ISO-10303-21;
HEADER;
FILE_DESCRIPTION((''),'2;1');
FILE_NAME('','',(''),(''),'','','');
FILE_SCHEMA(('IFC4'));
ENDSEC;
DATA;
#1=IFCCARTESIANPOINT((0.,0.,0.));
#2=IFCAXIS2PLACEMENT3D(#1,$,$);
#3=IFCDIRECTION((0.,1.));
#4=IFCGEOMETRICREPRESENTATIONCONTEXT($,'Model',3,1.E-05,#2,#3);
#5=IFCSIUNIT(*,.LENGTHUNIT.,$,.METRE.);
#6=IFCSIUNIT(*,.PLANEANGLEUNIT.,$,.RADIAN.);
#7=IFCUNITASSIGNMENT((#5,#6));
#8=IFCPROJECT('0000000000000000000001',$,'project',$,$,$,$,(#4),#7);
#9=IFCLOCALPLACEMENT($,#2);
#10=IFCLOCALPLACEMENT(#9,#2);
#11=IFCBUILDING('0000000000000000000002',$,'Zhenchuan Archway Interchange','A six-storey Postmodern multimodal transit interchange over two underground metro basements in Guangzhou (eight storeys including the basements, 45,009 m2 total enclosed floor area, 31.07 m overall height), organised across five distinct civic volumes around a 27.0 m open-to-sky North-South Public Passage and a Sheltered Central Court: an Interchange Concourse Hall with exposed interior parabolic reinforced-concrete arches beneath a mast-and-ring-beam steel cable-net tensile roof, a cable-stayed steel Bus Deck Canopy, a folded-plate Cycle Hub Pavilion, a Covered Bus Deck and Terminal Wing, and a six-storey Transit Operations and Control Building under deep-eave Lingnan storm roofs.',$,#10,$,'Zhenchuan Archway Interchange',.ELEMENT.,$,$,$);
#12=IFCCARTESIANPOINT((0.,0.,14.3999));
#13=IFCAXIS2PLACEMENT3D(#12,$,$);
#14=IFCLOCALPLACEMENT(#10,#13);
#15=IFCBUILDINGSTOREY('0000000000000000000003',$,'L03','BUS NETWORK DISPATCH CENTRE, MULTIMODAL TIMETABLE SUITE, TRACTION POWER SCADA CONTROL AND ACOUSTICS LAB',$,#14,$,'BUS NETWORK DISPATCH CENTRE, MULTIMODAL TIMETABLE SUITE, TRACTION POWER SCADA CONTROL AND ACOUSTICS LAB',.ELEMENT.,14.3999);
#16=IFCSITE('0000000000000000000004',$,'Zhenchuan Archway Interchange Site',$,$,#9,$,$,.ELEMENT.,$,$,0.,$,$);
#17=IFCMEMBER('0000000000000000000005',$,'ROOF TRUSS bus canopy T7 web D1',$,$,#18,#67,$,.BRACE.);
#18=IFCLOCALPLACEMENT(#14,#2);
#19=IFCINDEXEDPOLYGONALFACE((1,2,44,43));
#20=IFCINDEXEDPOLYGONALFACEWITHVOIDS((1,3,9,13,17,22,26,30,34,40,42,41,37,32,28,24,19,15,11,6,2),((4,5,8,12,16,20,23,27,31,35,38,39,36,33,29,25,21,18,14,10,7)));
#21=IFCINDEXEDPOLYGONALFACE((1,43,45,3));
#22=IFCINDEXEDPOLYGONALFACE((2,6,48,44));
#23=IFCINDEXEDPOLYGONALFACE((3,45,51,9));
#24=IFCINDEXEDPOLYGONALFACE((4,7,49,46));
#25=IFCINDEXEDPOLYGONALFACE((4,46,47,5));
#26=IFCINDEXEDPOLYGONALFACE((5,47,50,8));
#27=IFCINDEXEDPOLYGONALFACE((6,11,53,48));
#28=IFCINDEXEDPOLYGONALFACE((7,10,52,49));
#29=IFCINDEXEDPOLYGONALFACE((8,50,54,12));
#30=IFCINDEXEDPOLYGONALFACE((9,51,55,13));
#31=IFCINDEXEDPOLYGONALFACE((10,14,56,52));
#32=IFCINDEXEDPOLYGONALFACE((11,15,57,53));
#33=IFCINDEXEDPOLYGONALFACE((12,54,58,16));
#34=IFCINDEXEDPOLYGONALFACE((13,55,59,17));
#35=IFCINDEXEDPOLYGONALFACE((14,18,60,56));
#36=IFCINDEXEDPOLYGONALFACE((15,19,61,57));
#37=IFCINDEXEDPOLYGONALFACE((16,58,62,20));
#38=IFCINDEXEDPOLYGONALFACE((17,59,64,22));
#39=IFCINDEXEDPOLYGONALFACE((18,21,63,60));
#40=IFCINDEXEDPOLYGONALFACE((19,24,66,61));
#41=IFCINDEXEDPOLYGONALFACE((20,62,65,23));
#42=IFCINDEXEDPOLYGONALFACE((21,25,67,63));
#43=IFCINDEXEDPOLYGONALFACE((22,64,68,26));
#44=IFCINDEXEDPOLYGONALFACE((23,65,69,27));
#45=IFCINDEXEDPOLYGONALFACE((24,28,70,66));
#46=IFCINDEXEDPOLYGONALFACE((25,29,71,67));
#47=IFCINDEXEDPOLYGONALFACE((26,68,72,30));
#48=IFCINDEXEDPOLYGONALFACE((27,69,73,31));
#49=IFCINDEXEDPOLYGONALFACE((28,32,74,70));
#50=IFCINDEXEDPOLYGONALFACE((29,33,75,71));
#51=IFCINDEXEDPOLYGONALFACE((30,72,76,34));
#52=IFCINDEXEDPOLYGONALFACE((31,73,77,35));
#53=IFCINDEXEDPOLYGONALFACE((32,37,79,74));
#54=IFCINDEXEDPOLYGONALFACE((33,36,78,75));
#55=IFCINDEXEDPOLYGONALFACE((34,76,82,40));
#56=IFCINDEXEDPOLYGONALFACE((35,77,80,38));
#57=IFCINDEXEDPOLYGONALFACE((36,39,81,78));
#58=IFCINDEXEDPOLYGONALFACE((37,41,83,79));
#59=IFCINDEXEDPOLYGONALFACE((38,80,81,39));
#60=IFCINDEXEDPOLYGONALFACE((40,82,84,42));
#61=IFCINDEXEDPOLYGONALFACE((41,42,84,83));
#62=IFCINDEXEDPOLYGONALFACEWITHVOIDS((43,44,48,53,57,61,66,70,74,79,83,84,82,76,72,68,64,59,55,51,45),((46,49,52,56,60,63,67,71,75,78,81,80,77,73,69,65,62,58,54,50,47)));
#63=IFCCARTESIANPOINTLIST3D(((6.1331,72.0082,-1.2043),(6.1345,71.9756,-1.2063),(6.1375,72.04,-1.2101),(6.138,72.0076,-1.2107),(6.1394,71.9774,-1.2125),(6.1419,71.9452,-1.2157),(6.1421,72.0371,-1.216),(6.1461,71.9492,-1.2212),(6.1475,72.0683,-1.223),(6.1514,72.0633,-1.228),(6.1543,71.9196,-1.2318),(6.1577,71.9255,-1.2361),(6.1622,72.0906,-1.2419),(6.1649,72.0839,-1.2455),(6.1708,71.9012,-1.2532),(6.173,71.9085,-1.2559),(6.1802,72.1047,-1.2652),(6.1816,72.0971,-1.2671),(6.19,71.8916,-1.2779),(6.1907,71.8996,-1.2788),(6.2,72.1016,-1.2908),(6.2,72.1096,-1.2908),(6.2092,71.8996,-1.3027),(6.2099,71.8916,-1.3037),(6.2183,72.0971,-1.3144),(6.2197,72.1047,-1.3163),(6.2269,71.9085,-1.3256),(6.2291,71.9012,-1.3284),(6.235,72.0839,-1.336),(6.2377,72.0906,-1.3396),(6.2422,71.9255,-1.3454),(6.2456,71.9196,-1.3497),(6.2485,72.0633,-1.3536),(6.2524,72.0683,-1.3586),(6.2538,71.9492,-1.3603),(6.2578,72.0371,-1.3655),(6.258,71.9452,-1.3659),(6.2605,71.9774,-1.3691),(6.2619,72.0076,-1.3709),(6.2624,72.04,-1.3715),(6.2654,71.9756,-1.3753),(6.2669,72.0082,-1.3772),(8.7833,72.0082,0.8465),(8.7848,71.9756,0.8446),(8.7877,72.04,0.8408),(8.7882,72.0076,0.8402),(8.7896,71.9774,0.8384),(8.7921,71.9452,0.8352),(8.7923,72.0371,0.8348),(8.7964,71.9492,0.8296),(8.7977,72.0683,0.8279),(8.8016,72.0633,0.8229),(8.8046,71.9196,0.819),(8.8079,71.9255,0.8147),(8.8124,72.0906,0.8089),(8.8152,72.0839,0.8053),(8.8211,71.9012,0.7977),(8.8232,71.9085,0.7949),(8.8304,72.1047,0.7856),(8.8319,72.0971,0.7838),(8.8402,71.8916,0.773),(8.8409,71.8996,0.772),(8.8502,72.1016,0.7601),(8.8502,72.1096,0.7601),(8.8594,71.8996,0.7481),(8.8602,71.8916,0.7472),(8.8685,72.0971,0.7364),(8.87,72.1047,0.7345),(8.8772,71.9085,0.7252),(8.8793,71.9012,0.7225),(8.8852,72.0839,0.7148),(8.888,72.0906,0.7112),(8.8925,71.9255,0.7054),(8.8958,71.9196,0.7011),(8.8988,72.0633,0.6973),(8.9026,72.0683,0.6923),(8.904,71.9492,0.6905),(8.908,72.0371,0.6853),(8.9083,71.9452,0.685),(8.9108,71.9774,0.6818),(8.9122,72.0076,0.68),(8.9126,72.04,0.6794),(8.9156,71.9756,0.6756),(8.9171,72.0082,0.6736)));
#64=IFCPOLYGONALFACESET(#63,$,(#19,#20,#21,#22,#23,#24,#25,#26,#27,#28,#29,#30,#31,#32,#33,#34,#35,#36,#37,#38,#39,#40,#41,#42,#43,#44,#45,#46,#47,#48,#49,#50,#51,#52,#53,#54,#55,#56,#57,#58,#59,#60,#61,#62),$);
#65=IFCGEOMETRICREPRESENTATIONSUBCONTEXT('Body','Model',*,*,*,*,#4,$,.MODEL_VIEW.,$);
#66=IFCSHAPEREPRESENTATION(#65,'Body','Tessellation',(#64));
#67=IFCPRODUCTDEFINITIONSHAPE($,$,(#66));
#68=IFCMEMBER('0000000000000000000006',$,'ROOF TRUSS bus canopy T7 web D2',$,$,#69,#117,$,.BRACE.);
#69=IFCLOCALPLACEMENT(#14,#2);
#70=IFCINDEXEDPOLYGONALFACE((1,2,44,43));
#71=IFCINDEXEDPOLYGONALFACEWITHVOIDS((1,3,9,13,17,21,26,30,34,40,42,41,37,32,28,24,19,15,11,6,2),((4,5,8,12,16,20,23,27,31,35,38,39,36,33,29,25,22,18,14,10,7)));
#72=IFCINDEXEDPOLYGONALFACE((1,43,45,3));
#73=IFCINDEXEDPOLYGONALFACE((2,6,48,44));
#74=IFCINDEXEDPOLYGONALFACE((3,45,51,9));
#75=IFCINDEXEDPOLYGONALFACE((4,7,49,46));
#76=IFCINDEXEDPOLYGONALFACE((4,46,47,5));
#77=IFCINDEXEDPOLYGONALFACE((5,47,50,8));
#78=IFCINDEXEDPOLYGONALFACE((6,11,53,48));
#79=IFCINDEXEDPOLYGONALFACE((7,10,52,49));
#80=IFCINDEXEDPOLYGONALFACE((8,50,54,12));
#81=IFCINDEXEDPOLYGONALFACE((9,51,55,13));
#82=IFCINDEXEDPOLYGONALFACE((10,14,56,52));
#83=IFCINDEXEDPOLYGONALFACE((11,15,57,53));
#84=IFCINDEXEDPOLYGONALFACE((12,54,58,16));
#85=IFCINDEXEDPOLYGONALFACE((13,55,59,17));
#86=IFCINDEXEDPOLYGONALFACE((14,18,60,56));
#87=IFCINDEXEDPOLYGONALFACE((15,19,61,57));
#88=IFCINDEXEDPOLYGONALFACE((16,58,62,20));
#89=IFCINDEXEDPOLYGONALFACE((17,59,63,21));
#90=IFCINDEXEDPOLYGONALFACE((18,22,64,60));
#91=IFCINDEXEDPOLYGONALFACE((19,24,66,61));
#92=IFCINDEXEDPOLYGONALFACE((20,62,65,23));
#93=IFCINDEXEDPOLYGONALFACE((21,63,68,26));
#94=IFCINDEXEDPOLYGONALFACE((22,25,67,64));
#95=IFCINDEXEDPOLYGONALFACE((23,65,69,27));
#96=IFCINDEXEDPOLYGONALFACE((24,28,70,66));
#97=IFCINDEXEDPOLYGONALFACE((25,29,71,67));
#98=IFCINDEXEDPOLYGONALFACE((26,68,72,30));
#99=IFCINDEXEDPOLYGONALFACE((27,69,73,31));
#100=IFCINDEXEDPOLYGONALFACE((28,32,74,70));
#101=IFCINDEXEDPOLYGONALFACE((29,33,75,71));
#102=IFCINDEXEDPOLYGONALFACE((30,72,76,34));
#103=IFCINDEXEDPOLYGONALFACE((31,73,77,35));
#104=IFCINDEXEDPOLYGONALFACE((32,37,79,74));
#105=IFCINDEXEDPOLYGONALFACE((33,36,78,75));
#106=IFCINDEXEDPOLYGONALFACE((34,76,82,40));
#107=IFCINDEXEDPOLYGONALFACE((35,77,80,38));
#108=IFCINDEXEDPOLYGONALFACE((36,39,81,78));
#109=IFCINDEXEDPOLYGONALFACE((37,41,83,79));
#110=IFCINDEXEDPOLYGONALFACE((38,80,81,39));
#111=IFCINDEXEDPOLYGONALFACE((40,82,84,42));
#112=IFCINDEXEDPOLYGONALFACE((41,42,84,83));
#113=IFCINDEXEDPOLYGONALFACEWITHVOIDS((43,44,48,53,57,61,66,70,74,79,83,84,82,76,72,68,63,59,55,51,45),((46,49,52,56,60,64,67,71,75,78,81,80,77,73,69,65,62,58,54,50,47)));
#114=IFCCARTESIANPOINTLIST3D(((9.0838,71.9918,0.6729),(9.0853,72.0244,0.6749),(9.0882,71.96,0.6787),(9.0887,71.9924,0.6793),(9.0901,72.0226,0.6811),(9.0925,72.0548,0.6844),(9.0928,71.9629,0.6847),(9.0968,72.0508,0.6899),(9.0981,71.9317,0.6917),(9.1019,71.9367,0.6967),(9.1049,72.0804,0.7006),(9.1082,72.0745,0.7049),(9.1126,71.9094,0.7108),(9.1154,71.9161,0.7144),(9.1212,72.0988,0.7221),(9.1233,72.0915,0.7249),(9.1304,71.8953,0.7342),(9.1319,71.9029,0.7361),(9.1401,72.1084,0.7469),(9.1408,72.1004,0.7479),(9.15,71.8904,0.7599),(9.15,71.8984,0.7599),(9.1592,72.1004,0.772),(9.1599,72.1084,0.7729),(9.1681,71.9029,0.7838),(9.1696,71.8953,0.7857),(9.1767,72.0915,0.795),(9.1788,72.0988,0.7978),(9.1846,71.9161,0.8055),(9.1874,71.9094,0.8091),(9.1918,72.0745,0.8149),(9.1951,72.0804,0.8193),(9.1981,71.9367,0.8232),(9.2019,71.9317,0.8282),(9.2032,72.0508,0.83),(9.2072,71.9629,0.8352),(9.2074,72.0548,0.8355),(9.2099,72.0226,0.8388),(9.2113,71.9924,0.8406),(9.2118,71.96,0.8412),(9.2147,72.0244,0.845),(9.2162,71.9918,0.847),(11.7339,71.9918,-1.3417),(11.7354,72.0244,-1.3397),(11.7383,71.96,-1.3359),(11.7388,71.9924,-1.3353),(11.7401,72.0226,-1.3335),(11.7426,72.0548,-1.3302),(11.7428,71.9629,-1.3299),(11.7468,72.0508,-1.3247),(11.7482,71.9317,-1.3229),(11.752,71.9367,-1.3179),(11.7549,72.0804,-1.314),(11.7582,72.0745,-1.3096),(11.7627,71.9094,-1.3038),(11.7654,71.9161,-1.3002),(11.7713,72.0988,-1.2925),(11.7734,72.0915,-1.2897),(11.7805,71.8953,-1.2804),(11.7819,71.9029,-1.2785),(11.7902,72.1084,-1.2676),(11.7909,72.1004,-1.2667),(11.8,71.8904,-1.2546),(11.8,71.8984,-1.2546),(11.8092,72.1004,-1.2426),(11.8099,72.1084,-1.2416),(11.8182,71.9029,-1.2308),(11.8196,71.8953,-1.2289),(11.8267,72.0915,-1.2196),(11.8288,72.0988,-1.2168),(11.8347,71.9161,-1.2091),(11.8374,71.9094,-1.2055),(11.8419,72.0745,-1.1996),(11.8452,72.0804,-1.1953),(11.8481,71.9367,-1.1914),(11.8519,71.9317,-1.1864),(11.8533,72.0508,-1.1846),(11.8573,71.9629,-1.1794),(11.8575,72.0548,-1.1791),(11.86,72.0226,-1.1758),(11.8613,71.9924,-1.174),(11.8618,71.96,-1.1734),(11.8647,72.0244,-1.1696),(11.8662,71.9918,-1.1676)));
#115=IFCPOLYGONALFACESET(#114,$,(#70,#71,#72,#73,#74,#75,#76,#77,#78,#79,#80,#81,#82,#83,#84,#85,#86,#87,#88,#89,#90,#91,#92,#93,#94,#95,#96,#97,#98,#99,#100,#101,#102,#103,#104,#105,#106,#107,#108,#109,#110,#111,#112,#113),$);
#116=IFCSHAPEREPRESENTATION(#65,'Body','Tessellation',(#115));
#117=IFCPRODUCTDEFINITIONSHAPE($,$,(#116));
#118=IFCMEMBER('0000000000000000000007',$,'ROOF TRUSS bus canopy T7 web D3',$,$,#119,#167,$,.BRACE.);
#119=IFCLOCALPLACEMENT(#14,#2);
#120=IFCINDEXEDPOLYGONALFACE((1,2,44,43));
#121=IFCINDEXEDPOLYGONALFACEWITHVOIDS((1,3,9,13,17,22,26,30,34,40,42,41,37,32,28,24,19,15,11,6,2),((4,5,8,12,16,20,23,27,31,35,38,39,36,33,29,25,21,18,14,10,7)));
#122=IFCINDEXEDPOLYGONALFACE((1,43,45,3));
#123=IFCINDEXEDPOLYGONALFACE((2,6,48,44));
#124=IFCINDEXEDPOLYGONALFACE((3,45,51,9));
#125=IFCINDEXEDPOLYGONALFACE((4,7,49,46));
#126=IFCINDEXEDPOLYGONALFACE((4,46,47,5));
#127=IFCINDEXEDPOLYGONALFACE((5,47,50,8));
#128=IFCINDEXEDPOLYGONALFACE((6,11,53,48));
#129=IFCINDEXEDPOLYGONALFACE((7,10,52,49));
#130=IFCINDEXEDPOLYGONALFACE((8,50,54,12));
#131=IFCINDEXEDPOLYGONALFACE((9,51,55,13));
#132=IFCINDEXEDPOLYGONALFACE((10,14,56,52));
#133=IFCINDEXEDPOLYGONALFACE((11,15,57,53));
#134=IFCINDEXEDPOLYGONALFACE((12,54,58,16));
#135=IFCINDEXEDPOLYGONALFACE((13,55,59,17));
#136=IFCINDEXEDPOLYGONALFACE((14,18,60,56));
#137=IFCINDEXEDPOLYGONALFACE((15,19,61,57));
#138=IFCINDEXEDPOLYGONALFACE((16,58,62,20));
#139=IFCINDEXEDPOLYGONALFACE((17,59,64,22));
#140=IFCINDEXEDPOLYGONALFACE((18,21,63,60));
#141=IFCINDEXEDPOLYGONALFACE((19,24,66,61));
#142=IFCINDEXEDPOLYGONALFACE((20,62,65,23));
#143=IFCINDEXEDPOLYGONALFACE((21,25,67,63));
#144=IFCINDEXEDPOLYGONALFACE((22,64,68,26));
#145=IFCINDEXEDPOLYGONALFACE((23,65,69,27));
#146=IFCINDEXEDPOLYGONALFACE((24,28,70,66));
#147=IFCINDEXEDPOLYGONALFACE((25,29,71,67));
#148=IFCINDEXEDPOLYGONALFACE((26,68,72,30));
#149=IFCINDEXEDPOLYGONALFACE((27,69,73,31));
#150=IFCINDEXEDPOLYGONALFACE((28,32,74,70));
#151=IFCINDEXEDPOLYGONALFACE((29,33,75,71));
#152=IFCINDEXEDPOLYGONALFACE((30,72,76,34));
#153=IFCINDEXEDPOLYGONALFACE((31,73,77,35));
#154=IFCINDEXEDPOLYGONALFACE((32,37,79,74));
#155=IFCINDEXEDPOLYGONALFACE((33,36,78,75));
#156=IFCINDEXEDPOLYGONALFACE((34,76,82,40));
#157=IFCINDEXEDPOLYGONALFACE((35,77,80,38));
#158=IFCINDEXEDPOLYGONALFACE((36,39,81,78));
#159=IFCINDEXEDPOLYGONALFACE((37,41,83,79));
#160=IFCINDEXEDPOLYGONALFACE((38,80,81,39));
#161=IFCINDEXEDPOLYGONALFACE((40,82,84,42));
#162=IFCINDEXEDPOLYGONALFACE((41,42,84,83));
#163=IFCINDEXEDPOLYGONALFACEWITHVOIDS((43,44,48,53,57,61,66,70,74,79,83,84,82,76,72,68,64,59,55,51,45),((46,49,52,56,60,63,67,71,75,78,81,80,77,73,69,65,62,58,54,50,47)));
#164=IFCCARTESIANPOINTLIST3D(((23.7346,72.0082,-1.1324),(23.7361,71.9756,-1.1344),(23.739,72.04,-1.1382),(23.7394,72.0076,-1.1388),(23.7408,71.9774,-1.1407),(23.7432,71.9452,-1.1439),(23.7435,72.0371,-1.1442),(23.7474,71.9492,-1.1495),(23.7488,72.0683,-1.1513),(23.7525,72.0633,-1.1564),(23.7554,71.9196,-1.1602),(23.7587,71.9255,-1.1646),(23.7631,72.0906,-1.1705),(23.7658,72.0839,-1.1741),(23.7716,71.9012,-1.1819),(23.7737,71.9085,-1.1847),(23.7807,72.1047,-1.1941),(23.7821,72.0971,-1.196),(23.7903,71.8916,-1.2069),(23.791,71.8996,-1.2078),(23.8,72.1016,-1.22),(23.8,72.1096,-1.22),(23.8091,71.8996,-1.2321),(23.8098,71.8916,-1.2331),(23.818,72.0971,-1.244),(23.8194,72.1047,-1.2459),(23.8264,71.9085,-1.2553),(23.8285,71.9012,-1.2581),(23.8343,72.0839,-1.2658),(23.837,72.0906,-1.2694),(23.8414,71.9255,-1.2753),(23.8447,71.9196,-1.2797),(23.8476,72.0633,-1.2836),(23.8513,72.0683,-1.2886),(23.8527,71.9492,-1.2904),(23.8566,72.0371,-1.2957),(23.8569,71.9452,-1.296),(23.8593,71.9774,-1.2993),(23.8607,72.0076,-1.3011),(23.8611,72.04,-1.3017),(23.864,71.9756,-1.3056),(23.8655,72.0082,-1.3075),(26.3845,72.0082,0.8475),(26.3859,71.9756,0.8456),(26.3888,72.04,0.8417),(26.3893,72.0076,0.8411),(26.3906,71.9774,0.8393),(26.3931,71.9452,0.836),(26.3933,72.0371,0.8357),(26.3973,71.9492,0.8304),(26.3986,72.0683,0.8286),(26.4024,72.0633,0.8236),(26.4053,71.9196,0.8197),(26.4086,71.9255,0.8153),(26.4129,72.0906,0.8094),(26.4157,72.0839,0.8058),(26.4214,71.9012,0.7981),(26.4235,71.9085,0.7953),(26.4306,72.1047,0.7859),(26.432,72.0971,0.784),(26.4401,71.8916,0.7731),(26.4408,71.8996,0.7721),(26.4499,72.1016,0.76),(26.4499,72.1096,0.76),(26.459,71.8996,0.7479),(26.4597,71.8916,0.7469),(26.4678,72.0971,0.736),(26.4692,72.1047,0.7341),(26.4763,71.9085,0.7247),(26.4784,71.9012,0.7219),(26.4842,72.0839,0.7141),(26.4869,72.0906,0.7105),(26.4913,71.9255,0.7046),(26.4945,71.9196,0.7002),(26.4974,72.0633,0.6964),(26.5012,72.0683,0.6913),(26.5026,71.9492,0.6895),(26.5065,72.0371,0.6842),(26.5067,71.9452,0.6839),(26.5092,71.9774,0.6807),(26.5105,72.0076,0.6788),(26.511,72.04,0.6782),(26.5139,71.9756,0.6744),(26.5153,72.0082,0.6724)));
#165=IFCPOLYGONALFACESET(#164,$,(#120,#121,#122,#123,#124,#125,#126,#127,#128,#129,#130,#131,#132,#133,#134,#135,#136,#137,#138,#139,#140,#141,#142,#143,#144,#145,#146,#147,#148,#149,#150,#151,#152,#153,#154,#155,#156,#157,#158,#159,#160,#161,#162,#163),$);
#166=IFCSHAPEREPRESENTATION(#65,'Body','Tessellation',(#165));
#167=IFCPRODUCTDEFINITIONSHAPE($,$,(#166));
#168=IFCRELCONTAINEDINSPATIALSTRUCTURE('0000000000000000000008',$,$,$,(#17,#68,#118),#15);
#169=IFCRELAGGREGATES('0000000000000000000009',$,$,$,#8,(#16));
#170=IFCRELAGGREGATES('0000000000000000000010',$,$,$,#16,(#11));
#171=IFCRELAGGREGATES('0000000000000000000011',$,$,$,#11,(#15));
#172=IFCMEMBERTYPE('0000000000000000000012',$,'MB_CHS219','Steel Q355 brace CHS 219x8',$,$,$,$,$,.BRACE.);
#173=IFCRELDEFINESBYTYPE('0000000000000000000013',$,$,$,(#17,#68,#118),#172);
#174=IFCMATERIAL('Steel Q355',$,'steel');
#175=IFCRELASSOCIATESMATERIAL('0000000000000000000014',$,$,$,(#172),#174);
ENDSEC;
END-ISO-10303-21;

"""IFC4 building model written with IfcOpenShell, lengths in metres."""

from ifc_helpers import new_model, si_unit, direction, frame, origin, origin_2d, place, context, subcontext, project, spatial, hollow_circle, extrude, material, material_profile, profile_set, type_object, element, save


model = new_model("IFC4")

# Units and contexts
model_context = context("Model", 3, precision=1e-05, world=origin(), true_north=direction((0.0, 1.0)))
body_context = subcontext(model_context, "Body", "Model", "MODEL_VIEW")
ifc_project = project(units=[si_unit("LENGTHUNIT", "METRE"), si_unit("PLANEANGLEUNIT", "RADIAN")], contexts=[model_context])

# Site, building, storey
site_placement = place(None, origin())
site = spatial("IfcSite", under=ifc_project, at=site_placement, Name="Zhenchuan Archway Interchange Site", CompositionType="ELEMENT", RefElevation=0.0)
building_placement = place(site_placement, origin())
building = spatial("IfcBuilding", under=site, at=building_placement, Name="Zhenchuan Archway Interchange", Description="A six-storey Postmodern multimodal transit interchange over two underground metro basements in Guangzhou (eight storeys including the basements, 45,009 m2 total enclosed floor area, 31.07 m overall height), organised across five distinct civic volumes around a 27.0 m open-to-sky North-South Public Passage and a Sheltered Central Court: an Interchange Concourse Hall with exposed interior parabolic reinforced-concrete arches beneath a mast-and-ring-beam steel cable-net tensile roof, a cable-stayed steel Bus Deck Canopy, a folded-plate Cycle Hub Pavilion, a Covered Bus Deck and Terminal Wing, and a six-storey Transit Operations and Control Building under deep-eave Lingnan storm roofs.", LongName="Zhenchuan Archway Interchange", CompositionType="ELEMENT")
storey_placement = place(building_placement, frame((0.0, 0.0, 14.3999)))
storey = spatial("IfcBuildingStorey", under=building, at=storey_placement, Name="L03", Description="BUS NETWORK DISPATCH CENTRE, MULTIMODAL TIMETABLE SUITE, TRACTION POWER SCADA CONTROL AND ACOUSTICS LAB", LongName="BUS NETWORK DISPATCH CENTRE, MULTIMODAL TIMETABLE SUITE, TRACTION POWER SCADA CONTROL AND ACOUSTICS LAB", CompositionType="ELEMENT", Elevation=14.3999)

# Shared definitions
ifc_material_1 = material(Name="Steel Q355", Category="steel")

# Members
ifc_material_profile_1 = material_profile(ifc_material_1, hollow_circle(Radius=0.1096, WallThickness=0.0081, at=origin_2d()), Name="CHS 219x8")
ifc_profile_set_1 = profile_set([ifc_material_profile_1], Name="Steel Q355")
member_type_1 = type_object("IfcMemberType", Name="MB_CHS219", Description="Steel Q355 brace CHS 219x8", PredefinedType="BRACE", material=ifc_profile_set_1)
member_1_placement = place(storey_placement, frame((6.2, 72.0, -1.2908), z_axis=(0.79086, 0.0, 0.611997), x_axis=(0.0, 1.0, 0.0)))
element("IfcMember", 1, at=member_1_placement, inside=storey, type_object=member_type_1, Name="ROOF TRUSS bus canopy T7 web D1", PredefinedType="BRACE", context=body_context, shape_type="SweptSolid", body=[
    extrude(hollow_circle(Radius=0.1096, WallThickness=0.0081, at=origin_2d()), origin(), (0.0, 0.0, 1.0), 3.3511),
])
member_2_placement = place(storey_placement, frame((11.8, 72.0, -1.2546), z_axis=(-0.796084, 0.0, 0.605186), x_axis=(0.0, -1.0, 0.0)))
element("IfcMember", 2, at=member_2_placement, inside=storey, type_object=member_type_1, Name="ROOF TRUSS bus canopy T7 web D2", PredefinedType="BRACE", context=body_context, shape_type="SweptSolid", body=[
    extrude(hollow_circle(Radius=0.1096, WallThickness=0.0081, at=origin_2d()), origin(), (0.0, 0.0, 1.0), 3.3289),
])
member_3_placement = place(storey_placement, frame((23.8, 72.0, -1.22), z_axis=(0.801079, 0.0, 0.598558), x_axis=(0.0, 1.0, 0.0)))
element("IfcMember", 3, at=member_3_placement, inside=storey, type_object=member_type_1, Name="ROOF TRUSS bus canopy T7 web D3", PredefinedType="BRACE", context=body_context, shape_type="SweptSolid", body=[
    extrude(hollow_circle(Radius=0.1096, WallThickness=0.0081, at=origin_2d()), origin(), (0.0, 0.0, 1.0), 3.3079),
])

save(model, "model.ifc")
